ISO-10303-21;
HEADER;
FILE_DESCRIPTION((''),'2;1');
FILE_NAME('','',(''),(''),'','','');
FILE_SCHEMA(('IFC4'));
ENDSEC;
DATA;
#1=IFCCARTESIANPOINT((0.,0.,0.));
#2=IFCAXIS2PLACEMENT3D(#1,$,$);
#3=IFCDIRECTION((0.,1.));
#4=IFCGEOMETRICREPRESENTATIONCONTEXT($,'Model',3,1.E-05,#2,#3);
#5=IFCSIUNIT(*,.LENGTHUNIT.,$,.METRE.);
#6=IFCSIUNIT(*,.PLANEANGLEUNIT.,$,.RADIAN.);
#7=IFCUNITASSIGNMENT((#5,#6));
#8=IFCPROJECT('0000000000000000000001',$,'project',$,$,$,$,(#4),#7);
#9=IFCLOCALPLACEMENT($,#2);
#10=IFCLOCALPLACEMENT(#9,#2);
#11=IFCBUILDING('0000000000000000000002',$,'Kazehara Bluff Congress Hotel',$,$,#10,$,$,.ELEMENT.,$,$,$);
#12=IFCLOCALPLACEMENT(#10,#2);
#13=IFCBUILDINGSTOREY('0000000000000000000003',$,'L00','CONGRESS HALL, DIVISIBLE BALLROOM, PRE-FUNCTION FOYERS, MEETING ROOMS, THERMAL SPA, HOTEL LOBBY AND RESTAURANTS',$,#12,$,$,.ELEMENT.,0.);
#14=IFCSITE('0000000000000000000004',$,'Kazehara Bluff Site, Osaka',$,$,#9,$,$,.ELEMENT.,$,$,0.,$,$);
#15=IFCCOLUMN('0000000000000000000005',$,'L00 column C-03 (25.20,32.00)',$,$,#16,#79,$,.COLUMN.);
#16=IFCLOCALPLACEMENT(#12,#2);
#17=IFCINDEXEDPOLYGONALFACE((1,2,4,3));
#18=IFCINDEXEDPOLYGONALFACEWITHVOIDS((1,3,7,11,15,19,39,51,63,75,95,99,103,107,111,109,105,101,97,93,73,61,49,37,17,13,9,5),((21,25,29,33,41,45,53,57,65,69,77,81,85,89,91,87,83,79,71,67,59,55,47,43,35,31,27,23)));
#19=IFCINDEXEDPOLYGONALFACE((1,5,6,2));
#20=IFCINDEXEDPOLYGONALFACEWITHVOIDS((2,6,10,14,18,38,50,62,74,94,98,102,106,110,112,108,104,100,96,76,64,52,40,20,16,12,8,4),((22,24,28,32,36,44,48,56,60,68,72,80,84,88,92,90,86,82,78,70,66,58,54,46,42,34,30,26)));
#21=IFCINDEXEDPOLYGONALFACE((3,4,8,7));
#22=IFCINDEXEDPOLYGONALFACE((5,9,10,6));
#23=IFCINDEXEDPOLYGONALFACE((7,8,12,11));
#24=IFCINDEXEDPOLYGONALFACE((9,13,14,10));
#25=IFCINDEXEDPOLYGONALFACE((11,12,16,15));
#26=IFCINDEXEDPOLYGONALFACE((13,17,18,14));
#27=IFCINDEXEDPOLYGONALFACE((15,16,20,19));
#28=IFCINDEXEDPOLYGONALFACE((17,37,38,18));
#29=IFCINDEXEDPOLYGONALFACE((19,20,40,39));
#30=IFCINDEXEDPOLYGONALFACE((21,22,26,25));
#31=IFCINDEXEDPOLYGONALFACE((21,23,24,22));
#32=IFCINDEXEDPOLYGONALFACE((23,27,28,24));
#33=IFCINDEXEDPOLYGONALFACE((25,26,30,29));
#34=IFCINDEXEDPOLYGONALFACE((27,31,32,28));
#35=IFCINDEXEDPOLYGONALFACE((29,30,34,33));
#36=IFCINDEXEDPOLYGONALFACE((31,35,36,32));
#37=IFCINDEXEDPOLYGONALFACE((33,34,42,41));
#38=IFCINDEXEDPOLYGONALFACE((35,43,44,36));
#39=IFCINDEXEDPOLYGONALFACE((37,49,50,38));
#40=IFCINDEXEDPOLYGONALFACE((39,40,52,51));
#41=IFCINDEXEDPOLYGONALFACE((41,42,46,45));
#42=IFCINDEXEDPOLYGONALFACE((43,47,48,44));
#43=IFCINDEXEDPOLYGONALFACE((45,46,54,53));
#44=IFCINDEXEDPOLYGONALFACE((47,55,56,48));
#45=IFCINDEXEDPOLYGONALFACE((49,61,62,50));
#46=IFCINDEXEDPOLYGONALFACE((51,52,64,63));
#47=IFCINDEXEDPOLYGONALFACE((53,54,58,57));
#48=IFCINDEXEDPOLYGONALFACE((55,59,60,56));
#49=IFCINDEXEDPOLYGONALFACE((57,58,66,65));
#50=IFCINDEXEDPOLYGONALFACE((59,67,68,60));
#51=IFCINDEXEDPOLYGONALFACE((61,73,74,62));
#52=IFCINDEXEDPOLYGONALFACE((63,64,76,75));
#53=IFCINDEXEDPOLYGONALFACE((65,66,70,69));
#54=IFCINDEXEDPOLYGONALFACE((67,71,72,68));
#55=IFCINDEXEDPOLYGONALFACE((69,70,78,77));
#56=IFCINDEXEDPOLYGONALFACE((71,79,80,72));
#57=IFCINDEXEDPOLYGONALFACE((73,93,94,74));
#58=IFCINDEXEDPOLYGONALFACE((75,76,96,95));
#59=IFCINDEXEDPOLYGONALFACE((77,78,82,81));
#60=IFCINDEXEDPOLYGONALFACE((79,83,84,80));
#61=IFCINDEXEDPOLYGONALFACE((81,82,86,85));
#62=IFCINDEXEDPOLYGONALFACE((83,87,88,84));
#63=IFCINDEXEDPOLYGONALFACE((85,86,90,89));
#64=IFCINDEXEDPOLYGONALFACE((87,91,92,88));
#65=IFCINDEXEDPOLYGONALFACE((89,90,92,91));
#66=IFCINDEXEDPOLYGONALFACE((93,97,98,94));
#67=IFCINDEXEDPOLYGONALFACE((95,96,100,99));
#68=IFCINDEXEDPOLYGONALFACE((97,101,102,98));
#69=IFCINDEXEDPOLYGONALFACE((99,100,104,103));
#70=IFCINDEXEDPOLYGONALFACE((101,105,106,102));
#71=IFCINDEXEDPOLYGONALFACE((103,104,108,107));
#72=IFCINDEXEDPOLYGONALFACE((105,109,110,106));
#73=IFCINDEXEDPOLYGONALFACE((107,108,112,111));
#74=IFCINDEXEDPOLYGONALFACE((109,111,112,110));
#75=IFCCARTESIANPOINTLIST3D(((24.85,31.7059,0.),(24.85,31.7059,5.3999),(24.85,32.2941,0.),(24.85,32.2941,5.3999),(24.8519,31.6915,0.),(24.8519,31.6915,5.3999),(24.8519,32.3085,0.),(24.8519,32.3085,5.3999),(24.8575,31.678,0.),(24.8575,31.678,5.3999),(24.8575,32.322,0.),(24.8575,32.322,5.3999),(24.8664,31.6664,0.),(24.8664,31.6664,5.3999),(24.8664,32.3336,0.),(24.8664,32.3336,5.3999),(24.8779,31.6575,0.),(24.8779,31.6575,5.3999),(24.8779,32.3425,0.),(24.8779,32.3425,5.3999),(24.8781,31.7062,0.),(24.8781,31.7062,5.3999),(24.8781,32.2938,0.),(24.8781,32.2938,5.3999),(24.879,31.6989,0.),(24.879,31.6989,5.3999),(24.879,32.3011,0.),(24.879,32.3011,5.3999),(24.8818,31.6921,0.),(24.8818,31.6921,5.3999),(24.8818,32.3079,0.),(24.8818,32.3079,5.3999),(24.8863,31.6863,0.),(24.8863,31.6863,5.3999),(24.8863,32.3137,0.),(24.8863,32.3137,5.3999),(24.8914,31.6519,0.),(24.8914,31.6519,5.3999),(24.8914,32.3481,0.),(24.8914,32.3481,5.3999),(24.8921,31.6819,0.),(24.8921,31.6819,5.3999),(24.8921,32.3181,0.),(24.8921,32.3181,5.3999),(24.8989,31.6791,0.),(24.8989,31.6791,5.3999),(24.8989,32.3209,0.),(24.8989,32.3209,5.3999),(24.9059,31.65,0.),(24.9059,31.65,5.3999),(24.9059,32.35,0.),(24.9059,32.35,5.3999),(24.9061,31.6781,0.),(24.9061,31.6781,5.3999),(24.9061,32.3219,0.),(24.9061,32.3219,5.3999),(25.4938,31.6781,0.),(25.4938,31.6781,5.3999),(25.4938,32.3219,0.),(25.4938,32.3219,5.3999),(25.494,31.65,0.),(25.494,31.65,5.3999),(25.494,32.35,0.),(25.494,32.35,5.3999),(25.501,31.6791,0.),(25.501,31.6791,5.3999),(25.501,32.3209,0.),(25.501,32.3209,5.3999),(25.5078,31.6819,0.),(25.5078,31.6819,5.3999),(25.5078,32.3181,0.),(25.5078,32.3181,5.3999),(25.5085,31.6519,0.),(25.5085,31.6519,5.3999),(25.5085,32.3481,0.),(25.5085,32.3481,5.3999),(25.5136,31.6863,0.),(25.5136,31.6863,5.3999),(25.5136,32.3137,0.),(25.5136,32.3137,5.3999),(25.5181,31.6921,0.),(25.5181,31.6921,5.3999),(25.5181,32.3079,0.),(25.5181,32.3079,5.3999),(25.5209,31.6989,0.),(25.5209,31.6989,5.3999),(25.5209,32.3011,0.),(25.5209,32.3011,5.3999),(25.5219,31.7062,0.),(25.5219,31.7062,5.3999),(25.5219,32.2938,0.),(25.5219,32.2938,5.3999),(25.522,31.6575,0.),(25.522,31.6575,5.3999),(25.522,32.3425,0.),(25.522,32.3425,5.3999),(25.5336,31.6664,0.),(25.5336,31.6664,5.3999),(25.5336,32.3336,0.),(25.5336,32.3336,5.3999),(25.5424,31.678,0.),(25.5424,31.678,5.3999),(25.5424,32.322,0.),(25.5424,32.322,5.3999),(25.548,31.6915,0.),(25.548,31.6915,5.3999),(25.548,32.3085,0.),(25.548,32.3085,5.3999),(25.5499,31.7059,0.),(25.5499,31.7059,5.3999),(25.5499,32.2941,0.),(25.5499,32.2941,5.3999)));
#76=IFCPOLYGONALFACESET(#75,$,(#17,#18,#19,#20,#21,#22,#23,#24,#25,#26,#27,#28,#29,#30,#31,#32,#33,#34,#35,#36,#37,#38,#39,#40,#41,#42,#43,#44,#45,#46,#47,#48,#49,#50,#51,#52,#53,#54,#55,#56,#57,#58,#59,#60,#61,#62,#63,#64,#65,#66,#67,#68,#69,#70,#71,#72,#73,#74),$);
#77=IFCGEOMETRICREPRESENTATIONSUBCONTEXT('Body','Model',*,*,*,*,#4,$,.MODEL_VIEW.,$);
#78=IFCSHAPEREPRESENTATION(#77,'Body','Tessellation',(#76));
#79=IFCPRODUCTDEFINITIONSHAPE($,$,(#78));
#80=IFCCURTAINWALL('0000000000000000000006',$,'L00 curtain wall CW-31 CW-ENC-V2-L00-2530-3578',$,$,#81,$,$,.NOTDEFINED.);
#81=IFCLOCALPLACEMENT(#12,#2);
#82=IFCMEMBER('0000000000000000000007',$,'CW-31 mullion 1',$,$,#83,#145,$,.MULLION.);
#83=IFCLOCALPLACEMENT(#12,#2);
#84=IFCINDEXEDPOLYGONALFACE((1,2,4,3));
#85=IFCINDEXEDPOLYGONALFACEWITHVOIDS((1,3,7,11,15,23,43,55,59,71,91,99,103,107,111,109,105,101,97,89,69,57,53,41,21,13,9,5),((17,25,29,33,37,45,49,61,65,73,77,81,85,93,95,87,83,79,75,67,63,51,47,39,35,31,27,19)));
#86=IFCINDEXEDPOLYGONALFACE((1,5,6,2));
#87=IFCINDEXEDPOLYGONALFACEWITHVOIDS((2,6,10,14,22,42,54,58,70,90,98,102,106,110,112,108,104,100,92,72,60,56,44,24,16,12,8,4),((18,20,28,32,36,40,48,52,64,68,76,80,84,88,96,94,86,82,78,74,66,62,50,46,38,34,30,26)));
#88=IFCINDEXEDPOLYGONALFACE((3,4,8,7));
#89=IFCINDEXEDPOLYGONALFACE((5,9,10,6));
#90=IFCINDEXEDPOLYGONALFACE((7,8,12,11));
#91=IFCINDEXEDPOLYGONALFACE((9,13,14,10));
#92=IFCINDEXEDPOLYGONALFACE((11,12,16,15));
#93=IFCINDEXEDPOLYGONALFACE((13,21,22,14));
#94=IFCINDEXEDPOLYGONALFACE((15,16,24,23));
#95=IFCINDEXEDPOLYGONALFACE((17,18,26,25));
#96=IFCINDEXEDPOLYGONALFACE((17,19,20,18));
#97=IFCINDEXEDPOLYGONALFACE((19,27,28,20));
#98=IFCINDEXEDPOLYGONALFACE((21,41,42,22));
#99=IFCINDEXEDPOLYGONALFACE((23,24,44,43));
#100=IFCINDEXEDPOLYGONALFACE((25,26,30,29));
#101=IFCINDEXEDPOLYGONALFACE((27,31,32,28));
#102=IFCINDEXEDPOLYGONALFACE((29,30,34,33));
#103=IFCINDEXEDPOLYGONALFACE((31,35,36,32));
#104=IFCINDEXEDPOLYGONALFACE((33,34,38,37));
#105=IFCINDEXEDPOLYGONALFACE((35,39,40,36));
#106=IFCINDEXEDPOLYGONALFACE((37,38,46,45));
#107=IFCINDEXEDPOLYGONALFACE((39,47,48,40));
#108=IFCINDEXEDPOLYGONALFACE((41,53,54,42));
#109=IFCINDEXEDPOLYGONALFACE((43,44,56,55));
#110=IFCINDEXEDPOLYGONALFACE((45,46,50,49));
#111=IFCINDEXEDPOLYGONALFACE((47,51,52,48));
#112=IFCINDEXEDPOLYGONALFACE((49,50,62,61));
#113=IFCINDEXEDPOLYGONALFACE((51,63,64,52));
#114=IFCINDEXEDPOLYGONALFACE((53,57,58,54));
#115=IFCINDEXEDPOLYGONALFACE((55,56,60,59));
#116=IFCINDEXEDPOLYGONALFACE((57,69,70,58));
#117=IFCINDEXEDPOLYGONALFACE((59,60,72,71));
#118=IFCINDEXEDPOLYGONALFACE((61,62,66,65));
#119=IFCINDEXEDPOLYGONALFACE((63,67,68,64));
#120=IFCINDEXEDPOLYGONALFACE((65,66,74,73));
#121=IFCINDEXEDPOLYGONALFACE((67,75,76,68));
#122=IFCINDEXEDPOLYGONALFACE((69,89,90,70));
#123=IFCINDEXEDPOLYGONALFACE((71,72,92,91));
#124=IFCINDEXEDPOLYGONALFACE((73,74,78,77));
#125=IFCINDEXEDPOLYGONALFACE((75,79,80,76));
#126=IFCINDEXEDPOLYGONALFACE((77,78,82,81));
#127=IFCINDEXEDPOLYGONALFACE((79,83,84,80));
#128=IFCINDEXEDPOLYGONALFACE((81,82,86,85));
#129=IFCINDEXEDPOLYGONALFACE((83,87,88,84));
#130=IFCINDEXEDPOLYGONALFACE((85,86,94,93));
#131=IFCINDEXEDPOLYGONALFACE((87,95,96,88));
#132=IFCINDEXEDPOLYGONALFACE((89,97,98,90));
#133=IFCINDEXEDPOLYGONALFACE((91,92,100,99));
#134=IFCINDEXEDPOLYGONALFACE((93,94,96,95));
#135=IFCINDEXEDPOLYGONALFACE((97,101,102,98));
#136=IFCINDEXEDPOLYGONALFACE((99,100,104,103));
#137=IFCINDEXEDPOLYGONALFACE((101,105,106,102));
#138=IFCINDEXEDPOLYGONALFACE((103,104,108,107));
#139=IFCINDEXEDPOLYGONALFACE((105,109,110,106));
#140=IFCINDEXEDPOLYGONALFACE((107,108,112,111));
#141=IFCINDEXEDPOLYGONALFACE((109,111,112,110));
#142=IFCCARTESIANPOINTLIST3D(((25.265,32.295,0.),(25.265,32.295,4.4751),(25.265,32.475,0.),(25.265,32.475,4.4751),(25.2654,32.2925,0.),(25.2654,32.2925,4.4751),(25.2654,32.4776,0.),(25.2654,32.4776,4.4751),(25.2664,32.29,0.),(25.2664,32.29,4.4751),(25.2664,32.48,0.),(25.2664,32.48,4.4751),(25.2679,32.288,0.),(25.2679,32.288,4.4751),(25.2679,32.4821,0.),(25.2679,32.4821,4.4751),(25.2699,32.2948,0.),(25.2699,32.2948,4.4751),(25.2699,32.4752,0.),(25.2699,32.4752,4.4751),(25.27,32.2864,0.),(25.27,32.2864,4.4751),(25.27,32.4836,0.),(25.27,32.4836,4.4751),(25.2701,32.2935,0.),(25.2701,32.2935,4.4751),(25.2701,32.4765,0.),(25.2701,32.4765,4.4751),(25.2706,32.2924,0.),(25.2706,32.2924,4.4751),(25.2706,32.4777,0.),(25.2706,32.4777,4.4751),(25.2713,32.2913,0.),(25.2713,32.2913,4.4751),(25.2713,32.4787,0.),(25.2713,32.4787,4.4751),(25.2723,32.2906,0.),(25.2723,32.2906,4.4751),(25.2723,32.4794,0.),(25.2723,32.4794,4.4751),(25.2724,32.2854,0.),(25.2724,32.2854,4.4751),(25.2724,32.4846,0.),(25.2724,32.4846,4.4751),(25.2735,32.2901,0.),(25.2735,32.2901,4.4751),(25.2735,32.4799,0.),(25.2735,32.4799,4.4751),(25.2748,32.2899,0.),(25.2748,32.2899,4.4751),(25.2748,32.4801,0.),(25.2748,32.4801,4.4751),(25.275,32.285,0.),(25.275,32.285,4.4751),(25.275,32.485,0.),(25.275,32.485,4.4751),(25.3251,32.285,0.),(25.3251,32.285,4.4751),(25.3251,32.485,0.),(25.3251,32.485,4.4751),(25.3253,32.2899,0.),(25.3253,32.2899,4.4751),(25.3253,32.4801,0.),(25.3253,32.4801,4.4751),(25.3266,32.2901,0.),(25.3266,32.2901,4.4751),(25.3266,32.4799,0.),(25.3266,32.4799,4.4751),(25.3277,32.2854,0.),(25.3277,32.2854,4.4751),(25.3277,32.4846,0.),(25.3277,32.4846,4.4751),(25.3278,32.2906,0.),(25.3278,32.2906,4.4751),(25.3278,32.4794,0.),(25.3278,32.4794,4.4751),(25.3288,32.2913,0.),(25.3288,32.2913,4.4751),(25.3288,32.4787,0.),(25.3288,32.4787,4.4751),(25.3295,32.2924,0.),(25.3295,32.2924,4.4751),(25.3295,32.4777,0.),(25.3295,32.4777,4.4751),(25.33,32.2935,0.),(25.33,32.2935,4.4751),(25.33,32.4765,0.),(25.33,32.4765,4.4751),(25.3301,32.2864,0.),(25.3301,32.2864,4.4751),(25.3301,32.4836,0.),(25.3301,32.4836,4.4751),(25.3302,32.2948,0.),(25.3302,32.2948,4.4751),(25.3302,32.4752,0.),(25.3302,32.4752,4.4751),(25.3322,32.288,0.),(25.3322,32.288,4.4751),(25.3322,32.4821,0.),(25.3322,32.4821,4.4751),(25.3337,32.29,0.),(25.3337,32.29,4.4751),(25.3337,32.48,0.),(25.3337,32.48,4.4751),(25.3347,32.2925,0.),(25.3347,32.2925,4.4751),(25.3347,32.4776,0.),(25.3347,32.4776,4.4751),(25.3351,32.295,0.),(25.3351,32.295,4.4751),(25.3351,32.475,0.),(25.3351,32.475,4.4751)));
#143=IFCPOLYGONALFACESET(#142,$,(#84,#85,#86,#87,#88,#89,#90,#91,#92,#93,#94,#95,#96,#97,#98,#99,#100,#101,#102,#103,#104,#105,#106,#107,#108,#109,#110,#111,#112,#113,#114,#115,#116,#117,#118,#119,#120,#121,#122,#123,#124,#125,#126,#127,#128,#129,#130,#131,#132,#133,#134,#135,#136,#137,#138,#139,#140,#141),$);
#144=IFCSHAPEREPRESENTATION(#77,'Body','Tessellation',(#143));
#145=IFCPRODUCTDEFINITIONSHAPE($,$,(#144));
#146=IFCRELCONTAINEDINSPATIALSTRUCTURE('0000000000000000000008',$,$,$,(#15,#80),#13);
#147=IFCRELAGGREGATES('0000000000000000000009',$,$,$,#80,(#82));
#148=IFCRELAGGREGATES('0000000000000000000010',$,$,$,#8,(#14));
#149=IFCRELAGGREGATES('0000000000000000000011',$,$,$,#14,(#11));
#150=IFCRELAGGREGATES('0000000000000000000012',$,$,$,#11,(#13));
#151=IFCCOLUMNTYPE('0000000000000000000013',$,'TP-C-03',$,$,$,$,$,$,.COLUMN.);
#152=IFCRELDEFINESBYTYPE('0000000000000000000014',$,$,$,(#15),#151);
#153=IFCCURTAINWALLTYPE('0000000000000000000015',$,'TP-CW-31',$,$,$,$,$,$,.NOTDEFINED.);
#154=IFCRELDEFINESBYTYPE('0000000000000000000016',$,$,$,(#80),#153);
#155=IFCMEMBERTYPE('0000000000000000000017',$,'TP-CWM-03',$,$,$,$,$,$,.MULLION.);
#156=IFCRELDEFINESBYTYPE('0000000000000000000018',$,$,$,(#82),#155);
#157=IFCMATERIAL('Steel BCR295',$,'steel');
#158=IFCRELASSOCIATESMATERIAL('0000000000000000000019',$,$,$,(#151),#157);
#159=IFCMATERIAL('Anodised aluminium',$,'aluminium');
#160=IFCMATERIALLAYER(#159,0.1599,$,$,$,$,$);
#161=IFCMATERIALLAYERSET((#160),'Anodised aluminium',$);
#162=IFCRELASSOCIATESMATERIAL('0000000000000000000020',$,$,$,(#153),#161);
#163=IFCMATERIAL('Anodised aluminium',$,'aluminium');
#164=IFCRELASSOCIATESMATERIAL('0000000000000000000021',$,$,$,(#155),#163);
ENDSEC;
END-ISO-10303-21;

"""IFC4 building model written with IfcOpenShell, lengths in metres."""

from ifc_helpers import new_model, si_unit, direction, frame, origin, origin_2d, place, context, subcontext, project, spatial, hollow_rectangle, extrude, material, layer, layer_set, material_profile, profile_set, type_object, element, aggregate, save


model = new_model("IFC4")

# Units and contexts
model_context = context("Model", 3, precision=1e-05, world=origin(), true_north=direction((0.0, 1.0)))
body_context = subcontext(model_context, "Body", "Model", "MODEL_VIEW")
ifc_project = project(units=[si_unit("LENGTHUNIT", "METRE"), si_unit("PLANEANGLEUNIT", "RADIAN")], contexts=[model_context])

# Site, building, storey
site_placement = place(None, origin())
site = spatial("IfcSite", under=ifc_project, at=site_placement, Name="Kazehara Bluff Site, Osaka", CompositionType="ELEMENT", RefElevation=0.0)
building_placement = place(site_placement, origin())
building = spatial("IfcBuilding", under=site, at=building_placement, Name="Kazehara Bluff Congress Hotel", CompositionType="ELEMENT")
storey_placement = place(building_placement, origin())
storey = spatial("IfcBuildingStorey", under=building, at=storey_placement, Name="L00", Description="CONGRESS HALL, DIVISIBLE BALLROOM, PRE-FUNCTION FOYERS, MEETING ROOMS, THERMAL SPA, HOTEL LOBBY AND RESTAURANTS", CompositionType="ELEMENT", Elevation=0.0)

# Column
ifc_material_1 = material(Name="Steel BCR295", Category="steel")
ifc_material_profile_1 = material_profile(ifc_material_1, hollow_rectangle(XDim=0.7, YDim=0.7, WallThickness=0.0281, InnerFilletRadius=0.0281, OuterFilletRadius=0.0559, at=origin_2d()))
ifc_profile_set_1 = profile_set([ifc_material_profile_1], Name="Steel BCR295")
column_type = type_object("IfcColumnType", Name="TP-C-03", PredefinedType="COLUMN", material=ifc_profile_set_1)
for number, where, z_axis, x_axis, name in (
    (1, (25.2, 32.0, 0.0), (0.0, 0.0, 1.0), (1.0, 0.0, 0.0), "L00 column C-03 (25.20,32.00)"),
):
    element("IfcColumn", number, at=place(storey_placement, frame(where, z_axis=z_axis, x_axis=x_axis)), inside=storey, type_object=column_type, Name=name, PredefinedType="COLUMN", context=body_context, shape_type="SweptSolid", body=[
        extrude(hollow_rectangle(XDim=0.7, YDim=0.7, WallThickness=0.0281, InnerFilletRadius=0.0281, OuterFilletRadius=0.0559, at=origin_2d()), origin(), (0.0, 0.0, 1.0), 5.3999),
    ])

# Curtain wall, member
ifc_material_2 = material(Name="Anodised aluminium", Category="aluminium")
ifc_layer_1 = layer(ifc_material_2, 0.1599)
ifc_layer_set_1 = layer_set([ifc_layer_1], Name="Anodised aluminium")
curtain_wall_type_1 = type_object("IfcCurtainWallType", Name="TP-CW-31", PredefinedType="NOTDEFINED", material=ifc_layer_set_1)
curtain_wall_1_placement = place(storey_placement, origin())
curtain_wall_1 = element("IfcCurtainWall", 2, at=curtain_wall_1_placement, inside=storey, type_object=curtain_wall_type_1, Name="L00 curtain wall CW-31 CW-ENC-V2-L00-2530-3578", PredefinedType="NOTDEFINED")
ifc_material_3 = material(Name="Anodised aluminium", Category="aluminium")
ifc_material_profile_2 = material_profile(ifc_material_3, hollow_rectangle(XDim=0.0701, YDim=0.2, WallThickness=0.0049, InnerFilletRadius=0.0049, OuterFilletRadius=0.01, at=origin_2d()))
ifc_profile_set_2 = profile_set([ifc_material_profile_2], Name="Anodised aluminium")
member_type = type_object("IfcMemberType", Name="TP-CWM-03", PredefinedType="MULLION", material=ifc_profile_set_2)
member_1_placement = place(storey_placement, frame((25.3, 32.385, 0.0), z_axis=(0.0, 0.0, 1.0), x_axis=(-1.0, 0.0, 0.0)))
member_1 = element("IfcMember", 3, at=member_1_placement, type_object=member_type, Name="CW-31 mullion 1", PredefinedType="MULLION", context=body_context, shape_type="SweptSolid", body=[
    extrude(hollow_rectangle(XDim=0.0701, YDim=0.2, WallThickness=0.0049, InnerFilletRadius=0.0049, OuterFilletRadius=0.01, at=origin_2d()), origin(), (0.0, 0.0, 1.0), 4.4751),
])
aggregate(curtain_wall_1, [member_1])

save(model, "model.ifc")
